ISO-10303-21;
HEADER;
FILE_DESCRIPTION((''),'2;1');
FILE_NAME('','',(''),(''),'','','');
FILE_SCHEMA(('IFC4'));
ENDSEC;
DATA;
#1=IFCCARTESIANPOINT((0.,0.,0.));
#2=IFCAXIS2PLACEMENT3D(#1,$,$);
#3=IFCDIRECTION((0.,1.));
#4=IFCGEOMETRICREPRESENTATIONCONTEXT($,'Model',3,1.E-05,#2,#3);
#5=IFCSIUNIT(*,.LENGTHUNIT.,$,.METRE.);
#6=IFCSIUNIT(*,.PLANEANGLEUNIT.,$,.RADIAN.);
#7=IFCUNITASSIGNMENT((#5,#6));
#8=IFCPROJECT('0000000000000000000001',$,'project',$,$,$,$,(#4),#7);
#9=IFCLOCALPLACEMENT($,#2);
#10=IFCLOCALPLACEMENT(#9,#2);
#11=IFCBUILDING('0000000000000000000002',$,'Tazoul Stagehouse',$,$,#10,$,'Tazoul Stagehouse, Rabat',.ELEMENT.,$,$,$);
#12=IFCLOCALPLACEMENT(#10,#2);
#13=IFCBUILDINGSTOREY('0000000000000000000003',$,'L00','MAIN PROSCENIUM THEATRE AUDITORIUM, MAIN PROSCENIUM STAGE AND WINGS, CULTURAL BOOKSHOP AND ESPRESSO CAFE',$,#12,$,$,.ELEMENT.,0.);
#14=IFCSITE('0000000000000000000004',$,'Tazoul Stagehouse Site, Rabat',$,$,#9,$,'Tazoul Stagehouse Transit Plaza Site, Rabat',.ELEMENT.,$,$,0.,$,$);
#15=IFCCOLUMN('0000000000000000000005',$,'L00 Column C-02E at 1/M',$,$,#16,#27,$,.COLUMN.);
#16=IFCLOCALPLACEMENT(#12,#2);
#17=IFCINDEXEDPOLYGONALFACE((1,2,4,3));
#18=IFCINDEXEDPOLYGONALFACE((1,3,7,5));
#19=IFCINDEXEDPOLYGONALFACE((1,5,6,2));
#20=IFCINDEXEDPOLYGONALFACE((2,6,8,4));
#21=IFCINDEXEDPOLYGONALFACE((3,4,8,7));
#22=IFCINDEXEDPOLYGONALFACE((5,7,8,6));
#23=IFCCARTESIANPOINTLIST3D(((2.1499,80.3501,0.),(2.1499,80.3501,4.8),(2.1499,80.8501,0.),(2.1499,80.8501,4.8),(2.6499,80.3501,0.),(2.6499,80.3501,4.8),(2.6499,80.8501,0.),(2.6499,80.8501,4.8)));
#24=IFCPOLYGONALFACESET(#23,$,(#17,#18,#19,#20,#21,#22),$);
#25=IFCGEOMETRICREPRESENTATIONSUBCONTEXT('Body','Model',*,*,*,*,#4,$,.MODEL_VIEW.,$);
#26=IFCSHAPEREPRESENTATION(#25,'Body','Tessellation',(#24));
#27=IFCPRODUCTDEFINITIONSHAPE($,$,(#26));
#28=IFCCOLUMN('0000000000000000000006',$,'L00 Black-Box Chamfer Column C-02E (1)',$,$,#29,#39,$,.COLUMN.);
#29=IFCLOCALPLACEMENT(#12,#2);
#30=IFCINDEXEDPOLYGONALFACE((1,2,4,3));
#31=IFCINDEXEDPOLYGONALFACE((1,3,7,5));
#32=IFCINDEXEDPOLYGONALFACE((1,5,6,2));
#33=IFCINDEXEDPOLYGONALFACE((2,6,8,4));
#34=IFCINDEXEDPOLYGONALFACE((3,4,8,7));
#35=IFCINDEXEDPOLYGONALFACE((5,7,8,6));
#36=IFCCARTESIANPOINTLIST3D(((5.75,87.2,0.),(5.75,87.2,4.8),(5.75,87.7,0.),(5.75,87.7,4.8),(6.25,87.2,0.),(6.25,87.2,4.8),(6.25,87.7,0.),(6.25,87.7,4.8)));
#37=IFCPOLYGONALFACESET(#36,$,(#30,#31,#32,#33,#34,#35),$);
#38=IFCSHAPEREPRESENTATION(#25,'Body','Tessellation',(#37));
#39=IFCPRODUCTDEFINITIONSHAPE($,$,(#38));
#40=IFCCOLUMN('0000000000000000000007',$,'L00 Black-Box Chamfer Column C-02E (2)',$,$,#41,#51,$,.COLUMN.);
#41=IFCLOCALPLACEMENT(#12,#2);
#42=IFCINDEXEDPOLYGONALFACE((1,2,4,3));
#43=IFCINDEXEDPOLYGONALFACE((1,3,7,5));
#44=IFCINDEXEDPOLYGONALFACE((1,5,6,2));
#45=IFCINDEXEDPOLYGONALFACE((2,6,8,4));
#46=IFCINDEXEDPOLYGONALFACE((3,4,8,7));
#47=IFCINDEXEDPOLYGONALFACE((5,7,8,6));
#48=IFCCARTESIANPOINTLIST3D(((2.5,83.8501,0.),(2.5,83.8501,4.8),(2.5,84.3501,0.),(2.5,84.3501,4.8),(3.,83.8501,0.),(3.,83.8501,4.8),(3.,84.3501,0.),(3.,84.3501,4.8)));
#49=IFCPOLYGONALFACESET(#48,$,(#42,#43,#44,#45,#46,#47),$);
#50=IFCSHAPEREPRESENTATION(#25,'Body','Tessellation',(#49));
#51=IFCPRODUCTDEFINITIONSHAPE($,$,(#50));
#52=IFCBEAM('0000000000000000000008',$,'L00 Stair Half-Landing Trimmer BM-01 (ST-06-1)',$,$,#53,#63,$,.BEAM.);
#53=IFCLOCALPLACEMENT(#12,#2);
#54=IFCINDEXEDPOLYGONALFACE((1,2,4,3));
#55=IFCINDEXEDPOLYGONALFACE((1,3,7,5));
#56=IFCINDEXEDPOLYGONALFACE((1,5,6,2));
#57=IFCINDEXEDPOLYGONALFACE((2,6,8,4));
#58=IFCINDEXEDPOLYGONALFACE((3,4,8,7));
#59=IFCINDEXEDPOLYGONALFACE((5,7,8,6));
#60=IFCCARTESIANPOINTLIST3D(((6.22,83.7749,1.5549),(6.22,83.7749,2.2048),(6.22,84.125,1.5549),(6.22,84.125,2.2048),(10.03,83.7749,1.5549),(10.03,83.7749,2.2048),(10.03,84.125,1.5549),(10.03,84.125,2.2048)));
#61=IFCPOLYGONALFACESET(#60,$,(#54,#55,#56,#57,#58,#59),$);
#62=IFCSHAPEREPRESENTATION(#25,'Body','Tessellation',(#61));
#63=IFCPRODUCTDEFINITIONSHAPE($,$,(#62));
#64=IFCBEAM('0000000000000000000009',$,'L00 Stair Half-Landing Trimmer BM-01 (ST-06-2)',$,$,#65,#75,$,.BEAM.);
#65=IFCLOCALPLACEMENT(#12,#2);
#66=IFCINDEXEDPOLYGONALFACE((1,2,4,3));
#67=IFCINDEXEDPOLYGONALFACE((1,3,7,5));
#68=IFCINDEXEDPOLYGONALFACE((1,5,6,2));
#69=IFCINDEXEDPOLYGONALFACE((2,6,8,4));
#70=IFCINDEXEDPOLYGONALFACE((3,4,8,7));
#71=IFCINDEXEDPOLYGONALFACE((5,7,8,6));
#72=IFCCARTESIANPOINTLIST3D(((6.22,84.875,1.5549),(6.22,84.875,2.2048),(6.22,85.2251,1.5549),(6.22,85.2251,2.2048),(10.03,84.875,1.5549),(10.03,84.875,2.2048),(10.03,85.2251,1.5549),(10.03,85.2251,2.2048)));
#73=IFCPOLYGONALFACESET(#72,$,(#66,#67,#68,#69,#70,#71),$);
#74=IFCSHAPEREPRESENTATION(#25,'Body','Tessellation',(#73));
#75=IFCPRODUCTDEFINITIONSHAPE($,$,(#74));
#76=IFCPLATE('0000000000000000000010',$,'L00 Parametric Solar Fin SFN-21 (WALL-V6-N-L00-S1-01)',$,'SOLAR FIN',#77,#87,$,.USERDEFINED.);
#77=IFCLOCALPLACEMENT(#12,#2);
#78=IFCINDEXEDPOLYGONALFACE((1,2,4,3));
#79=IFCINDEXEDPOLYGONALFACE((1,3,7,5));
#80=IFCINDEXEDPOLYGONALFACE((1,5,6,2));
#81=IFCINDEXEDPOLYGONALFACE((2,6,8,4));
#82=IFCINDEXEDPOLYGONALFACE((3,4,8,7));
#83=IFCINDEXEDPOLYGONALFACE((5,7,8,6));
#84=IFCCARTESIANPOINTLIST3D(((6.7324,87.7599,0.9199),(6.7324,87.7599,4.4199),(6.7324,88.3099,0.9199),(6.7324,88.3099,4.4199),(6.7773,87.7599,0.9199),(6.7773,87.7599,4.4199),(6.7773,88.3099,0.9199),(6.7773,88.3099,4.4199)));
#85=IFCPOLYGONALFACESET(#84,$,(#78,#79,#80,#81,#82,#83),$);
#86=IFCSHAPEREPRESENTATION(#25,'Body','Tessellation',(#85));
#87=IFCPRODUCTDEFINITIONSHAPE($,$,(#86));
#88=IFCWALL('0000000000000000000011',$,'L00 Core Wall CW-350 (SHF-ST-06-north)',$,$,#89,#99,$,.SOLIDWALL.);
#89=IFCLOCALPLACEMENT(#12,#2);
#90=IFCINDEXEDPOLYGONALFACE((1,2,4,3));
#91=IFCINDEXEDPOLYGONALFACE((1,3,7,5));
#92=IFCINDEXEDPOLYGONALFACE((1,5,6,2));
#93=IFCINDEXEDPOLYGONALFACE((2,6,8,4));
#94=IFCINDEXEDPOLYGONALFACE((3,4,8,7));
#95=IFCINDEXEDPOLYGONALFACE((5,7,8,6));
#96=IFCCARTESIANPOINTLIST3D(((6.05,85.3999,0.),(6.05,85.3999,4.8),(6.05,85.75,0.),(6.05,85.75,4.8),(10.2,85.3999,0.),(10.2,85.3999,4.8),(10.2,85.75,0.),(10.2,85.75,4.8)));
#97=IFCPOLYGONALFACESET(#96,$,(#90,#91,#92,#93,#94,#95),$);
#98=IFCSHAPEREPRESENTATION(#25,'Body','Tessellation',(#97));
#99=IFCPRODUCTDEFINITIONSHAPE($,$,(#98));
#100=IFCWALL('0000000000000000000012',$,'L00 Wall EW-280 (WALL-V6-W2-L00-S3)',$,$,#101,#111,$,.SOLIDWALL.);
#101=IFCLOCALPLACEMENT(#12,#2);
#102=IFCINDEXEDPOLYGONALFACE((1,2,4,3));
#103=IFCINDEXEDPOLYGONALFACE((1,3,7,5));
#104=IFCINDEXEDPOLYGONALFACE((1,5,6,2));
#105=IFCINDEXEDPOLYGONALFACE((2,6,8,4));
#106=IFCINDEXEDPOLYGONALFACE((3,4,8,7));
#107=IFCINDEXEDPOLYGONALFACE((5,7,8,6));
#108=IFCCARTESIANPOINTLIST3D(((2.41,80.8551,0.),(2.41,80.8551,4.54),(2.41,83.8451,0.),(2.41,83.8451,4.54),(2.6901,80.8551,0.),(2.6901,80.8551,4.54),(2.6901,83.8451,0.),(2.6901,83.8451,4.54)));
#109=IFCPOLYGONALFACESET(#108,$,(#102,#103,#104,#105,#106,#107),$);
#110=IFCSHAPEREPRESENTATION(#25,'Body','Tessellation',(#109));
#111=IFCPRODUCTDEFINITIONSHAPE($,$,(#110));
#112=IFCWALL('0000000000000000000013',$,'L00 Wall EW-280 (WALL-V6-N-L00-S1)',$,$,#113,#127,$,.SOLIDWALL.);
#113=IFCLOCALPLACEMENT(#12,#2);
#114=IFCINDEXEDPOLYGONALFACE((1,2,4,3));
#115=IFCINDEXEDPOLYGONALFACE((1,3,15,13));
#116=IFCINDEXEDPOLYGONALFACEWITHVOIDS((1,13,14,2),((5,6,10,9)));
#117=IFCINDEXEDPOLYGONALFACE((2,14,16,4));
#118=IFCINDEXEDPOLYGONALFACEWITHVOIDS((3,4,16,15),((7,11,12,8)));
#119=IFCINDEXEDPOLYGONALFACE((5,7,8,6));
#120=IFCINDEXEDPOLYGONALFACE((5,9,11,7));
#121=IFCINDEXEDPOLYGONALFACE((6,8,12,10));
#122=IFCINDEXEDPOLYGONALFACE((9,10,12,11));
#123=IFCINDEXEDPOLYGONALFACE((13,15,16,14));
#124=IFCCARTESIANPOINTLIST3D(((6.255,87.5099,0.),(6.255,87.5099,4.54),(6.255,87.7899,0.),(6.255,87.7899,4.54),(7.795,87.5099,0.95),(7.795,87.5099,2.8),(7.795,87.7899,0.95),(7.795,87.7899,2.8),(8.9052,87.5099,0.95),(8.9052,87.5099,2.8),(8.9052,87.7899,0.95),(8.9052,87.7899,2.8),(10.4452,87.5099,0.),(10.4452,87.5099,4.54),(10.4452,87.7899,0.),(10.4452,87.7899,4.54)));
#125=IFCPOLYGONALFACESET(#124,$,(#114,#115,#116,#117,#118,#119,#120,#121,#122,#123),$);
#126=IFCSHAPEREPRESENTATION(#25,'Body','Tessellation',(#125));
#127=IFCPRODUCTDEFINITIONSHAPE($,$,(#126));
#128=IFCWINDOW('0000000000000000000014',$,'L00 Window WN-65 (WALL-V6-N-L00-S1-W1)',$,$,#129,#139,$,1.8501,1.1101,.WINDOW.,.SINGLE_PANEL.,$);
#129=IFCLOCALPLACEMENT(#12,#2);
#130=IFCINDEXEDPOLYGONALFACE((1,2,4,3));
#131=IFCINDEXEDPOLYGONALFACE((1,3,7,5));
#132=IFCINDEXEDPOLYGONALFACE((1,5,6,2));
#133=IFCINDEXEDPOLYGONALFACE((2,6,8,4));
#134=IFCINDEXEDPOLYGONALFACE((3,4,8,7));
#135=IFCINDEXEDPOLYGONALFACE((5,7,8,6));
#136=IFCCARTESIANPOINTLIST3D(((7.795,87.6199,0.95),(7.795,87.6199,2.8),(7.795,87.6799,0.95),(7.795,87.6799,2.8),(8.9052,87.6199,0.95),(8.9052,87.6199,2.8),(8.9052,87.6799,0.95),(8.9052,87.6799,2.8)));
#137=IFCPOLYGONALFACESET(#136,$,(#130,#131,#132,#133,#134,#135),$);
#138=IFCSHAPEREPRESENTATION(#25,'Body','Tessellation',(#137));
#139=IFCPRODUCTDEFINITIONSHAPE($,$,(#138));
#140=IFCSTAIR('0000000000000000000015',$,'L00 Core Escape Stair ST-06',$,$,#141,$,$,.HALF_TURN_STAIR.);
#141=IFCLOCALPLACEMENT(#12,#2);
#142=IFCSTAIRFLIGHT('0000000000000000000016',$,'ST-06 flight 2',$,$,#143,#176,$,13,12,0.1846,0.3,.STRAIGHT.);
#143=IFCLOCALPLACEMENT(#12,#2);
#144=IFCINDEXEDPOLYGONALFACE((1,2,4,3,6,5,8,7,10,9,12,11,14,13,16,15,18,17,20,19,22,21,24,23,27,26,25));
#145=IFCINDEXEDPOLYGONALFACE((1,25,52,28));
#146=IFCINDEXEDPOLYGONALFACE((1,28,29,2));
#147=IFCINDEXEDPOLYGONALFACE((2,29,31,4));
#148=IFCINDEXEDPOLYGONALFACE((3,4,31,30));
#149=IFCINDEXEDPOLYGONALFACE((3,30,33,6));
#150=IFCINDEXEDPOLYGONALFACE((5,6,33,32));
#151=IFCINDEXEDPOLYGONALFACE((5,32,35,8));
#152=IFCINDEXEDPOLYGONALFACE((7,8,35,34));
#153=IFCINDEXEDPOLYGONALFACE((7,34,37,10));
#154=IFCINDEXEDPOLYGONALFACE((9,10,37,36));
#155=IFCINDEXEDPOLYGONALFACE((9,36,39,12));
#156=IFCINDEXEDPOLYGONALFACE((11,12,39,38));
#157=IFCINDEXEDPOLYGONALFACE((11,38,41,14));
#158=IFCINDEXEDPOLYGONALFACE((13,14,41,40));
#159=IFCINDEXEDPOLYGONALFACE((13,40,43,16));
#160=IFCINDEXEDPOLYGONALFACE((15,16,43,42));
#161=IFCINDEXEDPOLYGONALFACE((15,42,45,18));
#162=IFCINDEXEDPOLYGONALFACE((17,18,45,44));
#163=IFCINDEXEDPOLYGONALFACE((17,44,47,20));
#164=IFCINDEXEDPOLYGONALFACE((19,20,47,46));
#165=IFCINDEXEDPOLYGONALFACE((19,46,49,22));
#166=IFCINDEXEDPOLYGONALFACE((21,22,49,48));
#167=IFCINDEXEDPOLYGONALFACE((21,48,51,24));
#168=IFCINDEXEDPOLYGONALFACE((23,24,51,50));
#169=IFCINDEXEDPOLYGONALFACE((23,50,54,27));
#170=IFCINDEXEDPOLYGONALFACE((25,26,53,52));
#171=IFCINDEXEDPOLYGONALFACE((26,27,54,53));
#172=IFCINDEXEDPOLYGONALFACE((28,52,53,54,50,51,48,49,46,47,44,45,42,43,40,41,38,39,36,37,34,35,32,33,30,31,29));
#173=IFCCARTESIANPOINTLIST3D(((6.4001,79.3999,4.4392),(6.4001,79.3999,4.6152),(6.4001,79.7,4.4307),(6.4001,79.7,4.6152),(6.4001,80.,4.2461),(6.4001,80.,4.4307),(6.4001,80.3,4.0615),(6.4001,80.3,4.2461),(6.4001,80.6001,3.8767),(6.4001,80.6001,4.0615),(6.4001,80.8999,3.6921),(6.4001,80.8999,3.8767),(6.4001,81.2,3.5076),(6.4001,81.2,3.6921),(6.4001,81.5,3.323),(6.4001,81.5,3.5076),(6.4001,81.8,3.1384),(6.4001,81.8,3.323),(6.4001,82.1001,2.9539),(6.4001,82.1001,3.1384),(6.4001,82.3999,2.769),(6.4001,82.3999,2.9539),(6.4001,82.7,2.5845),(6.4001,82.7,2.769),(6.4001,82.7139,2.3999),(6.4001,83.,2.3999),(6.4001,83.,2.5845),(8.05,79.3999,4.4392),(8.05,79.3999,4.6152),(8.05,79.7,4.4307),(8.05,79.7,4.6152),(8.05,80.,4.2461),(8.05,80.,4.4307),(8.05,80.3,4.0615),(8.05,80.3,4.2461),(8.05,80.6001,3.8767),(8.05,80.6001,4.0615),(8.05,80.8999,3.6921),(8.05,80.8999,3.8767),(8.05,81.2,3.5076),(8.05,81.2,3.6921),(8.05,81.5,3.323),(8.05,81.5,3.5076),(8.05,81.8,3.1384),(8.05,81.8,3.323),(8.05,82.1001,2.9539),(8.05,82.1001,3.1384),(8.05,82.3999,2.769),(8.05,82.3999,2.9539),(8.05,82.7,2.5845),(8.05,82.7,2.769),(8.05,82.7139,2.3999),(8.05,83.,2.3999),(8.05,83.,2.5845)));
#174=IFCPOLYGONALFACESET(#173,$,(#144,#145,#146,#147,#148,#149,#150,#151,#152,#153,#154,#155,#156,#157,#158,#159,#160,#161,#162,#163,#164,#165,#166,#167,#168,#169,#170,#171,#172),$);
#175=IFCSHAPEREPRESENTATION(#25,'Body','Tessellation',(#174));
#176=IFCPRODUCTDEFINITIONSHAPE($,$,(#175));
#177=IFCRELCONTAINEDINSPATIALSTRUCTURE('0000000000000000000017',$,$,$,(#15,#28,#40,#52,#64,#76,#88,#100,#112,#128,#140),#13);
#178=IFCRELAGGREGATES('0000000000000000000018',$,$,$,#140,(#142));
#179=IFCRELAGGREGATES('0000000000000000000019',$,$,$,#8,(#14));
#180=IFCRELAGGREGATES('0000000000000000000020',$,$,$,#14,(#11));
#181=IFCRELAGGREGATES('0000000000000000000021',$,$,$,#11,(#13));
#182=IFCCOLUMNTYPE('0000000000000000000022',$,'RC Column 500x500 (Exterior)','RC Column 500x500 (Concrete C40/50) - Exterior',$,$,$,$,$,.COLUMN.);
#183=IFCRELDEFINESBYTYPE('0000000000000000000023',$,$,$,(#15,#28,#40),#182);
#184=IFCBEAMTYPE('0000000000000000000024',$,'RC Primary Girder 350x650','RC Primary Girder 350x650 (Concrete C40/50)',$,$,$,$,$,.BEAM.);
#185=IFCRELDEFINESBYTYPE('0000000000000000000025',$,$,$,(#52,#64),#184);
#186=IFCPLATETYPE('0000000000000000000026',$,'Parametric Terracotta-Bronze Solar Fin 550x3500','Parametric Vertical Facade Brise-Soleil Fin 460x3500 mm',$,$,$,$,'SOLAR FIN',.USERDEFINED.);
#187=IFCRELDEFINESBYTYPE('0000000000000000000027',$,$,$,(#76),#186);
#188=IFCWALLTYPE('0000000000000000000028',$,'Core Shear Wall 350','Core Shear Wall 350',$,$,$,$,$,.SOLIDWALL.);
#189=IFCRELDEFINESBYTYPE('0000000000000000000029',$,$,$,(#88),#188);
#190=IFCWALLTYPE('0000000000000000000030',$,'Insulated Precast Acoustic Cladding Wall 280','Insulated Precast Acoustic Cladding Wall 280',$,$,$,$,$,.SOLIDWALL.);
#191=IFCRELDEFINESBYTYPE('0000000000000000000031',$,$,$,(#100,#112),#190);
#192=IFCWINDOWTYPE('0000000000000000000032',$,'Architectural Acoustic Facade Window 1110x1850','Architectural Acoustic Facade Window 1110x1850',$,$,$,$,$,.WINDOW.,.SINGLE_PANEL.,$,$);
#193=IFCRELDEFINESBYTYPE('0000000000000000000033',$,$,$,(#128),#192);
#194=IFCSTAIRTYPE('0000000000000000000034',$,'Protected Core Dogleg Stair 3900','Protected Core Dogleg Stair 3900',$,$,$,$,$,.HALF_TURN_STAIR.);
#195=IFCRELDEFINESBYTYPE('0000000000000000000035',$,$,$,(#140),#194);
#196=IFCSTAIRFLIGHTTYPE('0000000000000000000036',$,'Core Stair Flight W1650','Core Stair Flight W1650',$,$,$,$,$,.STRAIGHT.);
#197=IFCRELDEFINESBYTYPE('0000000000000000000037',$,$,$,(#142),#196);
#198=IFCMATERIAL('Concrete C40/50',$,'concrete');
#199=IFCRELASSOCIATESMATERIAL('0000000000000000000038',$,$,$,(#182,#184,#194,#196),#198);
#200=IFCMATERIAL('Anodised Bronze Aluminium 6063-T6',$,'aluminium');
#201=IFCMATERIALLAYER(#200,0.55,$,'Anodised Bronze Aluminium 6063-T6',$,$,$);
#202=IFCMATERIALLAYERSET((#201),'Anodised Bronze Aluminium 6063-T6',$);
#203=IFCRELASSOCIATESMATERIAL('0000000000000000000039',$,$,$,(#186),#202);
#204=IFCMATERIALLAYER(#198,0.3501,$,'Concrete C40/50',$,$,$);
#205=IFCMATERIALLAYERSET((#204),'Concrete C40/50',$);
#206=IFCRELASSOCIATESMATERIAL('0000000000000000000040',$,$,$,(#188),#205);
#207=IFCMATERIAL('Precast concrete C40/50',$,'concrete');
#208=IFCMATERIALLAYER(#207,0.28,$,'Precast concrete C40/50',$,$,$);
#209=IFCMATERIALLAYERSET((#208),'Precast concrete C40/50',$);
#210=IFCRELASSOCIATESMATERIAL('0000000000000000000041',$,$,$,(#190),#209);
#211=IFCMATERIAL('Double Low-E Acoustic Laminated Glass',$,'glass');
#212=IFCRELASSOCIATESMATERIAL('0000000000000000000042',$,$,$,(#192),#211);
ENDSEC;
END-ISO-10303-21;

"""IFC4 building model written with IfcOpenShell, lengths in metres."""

from ifc_helpers import new_model, si_unit, direction, frame, frame_2d, origin, origin_2d, place, context, subcontext, project, spatial, polyline, rectangle, outline, extrude, material, layer, layer_set, material_profile, profile_set, type_object, element, fill, aggregate, save


model = new_model("IFC4")

# Units and contexts
model_context = context("Model", 3, precision=1e-05, world=origin(), true_north=direction((0.0, 1.0)))
body_context = subcontext(model_context, "Body", "Model", "MODEL_VIEW")
ifc_project = project(units=[si_unit("LENGTHUNIT", "METRE"), si_unit("PLANEANGLEUNIT", "RADIAN")], contexts=[model_context])

# Site, building, storey
site_placement = place(None, origin())
site = spatial("IfcSite", under=ifc_project, at=site_placement, Name="Tazoul Stagehouse Site, Rabat", LongName="Tazoul Stagehouse Transit Plaza Site, Rabat", CompositionType="ELEMENT", RefElevation=0.0)
building_placement = place(site_placement, origin())
building = spatial("IfcBuilding", under=site, at=building_placement, Name="Tazoul Stagehouse", LongName="Tazoul Stagehouse, Rabat", CompositionType="ELEMENT")
storey_placement = place(building_placement, origin())
storey = spatial("IfcBuildingStorey", under=building, at=storey_placement, Name="L00", Description="MAIN PROSCENIUM THEATRE AUDITORIUM, MAIN PROSCENIUM STAGE AND WINGS, CULTURAL BOOKSHOP AND ESPRESSO CAFE", CompositionType="ELEMENT", Elevation=0.0)

# Columns
ifc_material_1 = material(Name="Concrete C40/50", Category="concrete")
ifc_material_profile_1 = material_profile(ifc_material_1, rectangle(XDim=0.5, YDim=0.5, at=origin_2d()), Name="RC 500x500")
ifc_profile_set_1 = profile_set([ifc_material_profile_1], Name="Concrete C40/50")
column_type = type_object("IfcColumnType", Name="RC Column 500x500 (Exterior)", Description="RC Column 500x500 (Concrete C40/50) - Exterior", PredefinedType="COLUMN", material=ifc_profile_set_1)
for number, where, z_axis, x_axis, name in (
    (1, (2.3999, 80.6001, 0.0), (0.0, 0.0, 1.0), (1.0, 0.0, 0.0), "L00 Column C-02E at 1/M"),
    (2, (6.0, 87.45, 0.0), (0.0, 0.0, 1.0), (1.0, 0.0, 0.0), "L00 Black-Box Chamfer Column C-02E (1)"),
    (3, (2.75, 84.1001, 0.0), (0.0, 0.0, 1.0), (1.0, 0.0, 0.0), "L00 Black-Box Chamfer Column C-02E (2)"),
):
    element("IfcColumn", number, at=place(storey_placement, frame(where, z_axis=z_axis, x_axis=x_axis)), inside=storey, type_object=column_type, Name=name, PredefinedType="COLUMN", context=body_context, shape_type="SweptSolid", body=[
        extrude(rectangle(XDim=0.5, YDim=0.5, at=origin_2d()), origin(), (0.0, 0.0, 1.0), 4.8),
    ])

# Shared definitions
ifc_material_2 = material(Name="Anodised Bronze Aluminium 6063-T6", Category="aluminium")

# Beams
ifc_material_profile_2 = material_profile(ifc_material_1, rectangle(XDim=0.3501, YDim=0.6499, at=origin_2d()), Name="RC 350x650")
ifc_profile_set_2 = profile_set([ifc_material_profile_2], Name="Concrete C40/50")
beam_type = type_object("IfcBeamType", Name="RC Primary Girder 350x650", Description="RC Primary Girder 350x650 (Concrete C40/50)", PredefinedType="BEAM", material=ifc_profile_set_2)
for number, where, z_axis, x_axis, name in (
    (4, (6.22, 83.95, 1.8799), (1.0, 0.0, 0.0), (0.0, 1.0, 0.0), "L00 Stair Half-Landing Trimmer BM-01 (ST-06-1)"),
    (5, (6.22, 85.05, 1.8799), (1.0, 0.0, 0.0), (0.0, 1.0, 0.0), "L00 Stair Half-Landing Trimmer BM-01 (ST-06-2)"),
):
    element("IfcBeam", number, at=place(storey_placement, frame(where, z_axis=z_axis, x_axis=x_axis)), inside=storey, type_object=beam_type, Name=name, PredefinedType="BEAM", context=body_context, shape_type="SweptSolid", body=[
        extrude(rectangle(XDim=0.3501, YDim=0.6499, at=origin_2d()), origin(), (0.0, 0.0, 1.0), 3.8101),
    ])

# Plate
ifc_layer_1 = layer(ifc_material_2, 0.55, Name="Anodised Bronze Aluminium 6063-T6")
ifc_layer_set_1 = layer_set([ifc_layer_1], Name="Anodised Bronze Aluminium 6063-T6")
plate_type_1 = type_object("IfcPlateType", Name="Parametric Terracotta-Bronze Solar Fin 550x3500", Description="Parametric Vertical Facade Brise-Soleil Fin 460x3500 mm", ElementType="SOLAR FIN", PredefinedType="USERDEFINED", material=ifc_layer_set_1)
plate_1_placement = place(storey_placement, frame((6.7549, 88.0349, 0.9199), z_axis=(0.0, 0.0, 1.0), x_axis=(1.0, 0.0, 0.0)))
element("IfcPlate", 6, at=plate_1_placement, inside=storey, type_object=plate_type_1, Name="L00 Parametric Solar Fin SFN-21 (WALL-V6-N-L00-S1-01)", ObjectType="SOLAR FIN", PredefinedType="USERDEFINED", context=body_context, shape_type="SweptSolid", body=[
    extrude(rectangle(XDim=0.0449, YDim=0.55, at=origin_2d()), origin(), (0.0, 0.0, 1.0), 3.5),
])

# Wall
ifc_layer_2 = layer(ifc_material_1, 0.3501, Name="Concrete C40/50")
ifc_layer_set_2 = layer_set([ifc_layer_2], Name="Concrete C40/50")
wall_type_1 = type_object("IfcWallType", Name="Core Shear Wall 350", Description="Core Shear Wall 350", PredefinedType="SOLIDWALL", material=ifc_layer_set_2)
wall_1_placement = place(storey_placement, frame((6.05, 85.575, 0.0), z_axis=(0.0, 0.0, 1.0), x_axis=(1.0, 0.0, 0.0)))
element("IfcWall", 7, at=wall_1_placement, inside=storey, type_object=wall_type_1, Name="L00 Core Wall CW-350 (SHF-ST-06-north)", PredefinedType="SOLIDWALL", context=body_context, shape_type="SweptSolid", body=[
    extrude(rectangle(XDim=4.1499, YDim=0.3501, at=frame_2d((2.075, 0.0))), origin(), (0.0, 0.0, 1.0), 4.8),
])

# Wall
ifc_material_3 = material(Name="Precast concrete C40/50", Category="concrete")
ifc_layer_3 = layer(ifc_material_3, 0.28, Name="Precast concrete C40/50")
ifc_layer_set_3 = layer_set([ifc_layer_3], Name="Precast concrete C40/50")
wall_type_2 = type_object("IfcWallType", Name="Insulated Precast Acoustic Cladding Wall 280", Description="Insulated Precast Acoustic Cladding Wall 280", PredefinedType="SOLIDWALL", material=ifc_layer_set_3)
wall_2_placement = place(storey_placement, frame((2.55, 80.855, 0.0), z_axis=(0.0, 0.0, 1.0), x_axis=(0.0, 1.0, 0.0)))
element("IfcWall", 8, at=wall_2_placement, inside=storey, type_object=wall_type_2, Name="L00 Wall EW-280 (WALL-V6-W2-L00-S3)", PredefinedType="SOLIDWALL", context=body_context, shape_type="SweptSolid", body=[
    extrude(rectangle(XDim=2.99, YDim=0.28, at=frame_2d((1.4951, 0.0))), origin(), (0.0, 0.0, 1.0), 4.54),
])

# Wall, opening, window
wall_3_placement = place(storey_placement, frame((6.2549, 87.6499, 0.0), z_axis=(0.0, 0.0, 1.0), x_axis=(1.0, 0.0, 0.0)))
wall_3 = element("IfcWall", 9, at=wall_3_placement, inside=storey, type_object=wall_type_2, Name="L00 Wall EW-280 (WALL-V6-N-L00-S1)", PredefinedType="SOLIDWALL", context=body_context, shape_type="SweptSolid", body=[
    extrude(rectangle(XDim=4.1902, YDim=0.28, at=frame_2d((2.0952, 0.0))), origin(), (0.0, 0.0, 1.0), 4.54),
])
opening_placement = place(wall_3_placement, frame((1.54, 0.0, 0.95)))
opening = element("IfcOpeningElement", 10, at=opening_placement, cuts=wall_3, PredefinedType="OPENING", context=body_context, shape_type="SweptSolid", body=[
    extrude(rectangle(XDim=1.1101, YDim=1.8501, at=frame_2d((0.5552, 0.925))), frame((0.0, 0.1599, 0.0), z_axis=(0.0, -1.0, 0.0), x_axis=(1.0, 0.0, 0.0)), (0.0, 0.0, 1.0), 0.3201),
])
ifc_material_4 = material(Name="Double Low-E Acoustic Laminated Glass", Category="glass")
window_type = type_object("IfcWindowType", Name="Architectural Acoustic Facade Window 1110x1850", Description="Architectural Acoustic Facade Window 1110x1850", PartitioningType="SINGLE_PANEL", PredefinedType="WINDOW", material=ifc_material_4)
window_placement = place(opening_placement, origin())
window = element("IfcWindow", 11, at=window_placement, inside=storey, type_object=window_type, Name="L00 Window WN-65 (WALL-V6-N-L00-S1-W1)", OverallHeight=1.8501, OverallWidth=1.1101, PartitioningType="SINGLE_PANEL", PredefinedType="WINDOW", context=body_context, shape_type="SweptSolid", body=[
    extrude(rectangle(XDim=1.1101, YDim=1.8501, at=frame_2d((0.5552, 0.925))), frame((0.0, 0.03, 0.0), z_axis=(0.0, -1.0, 0.0), x_axis=(1.0, 0.0, 0.0)), (0.0, 0.0, 1.0), 0.0601),
])
fill(opening, window)

# Stair, stair flight
stair_type = type_object("IfcStairType", Name="Protected Core Dogleg Stair 3900", Description="Protected Core Dogleg Stair 3900", PredefinedType="HALF_TURN_STAIR", material=ifc_material_1)
stair_placement = place(storey_placement, origin())
stair = element("IfcStair", 12, at=stair_placement, inside=storey, type_object=stair_type, Name="L00 Core Escape Stair ST-06", PredefinedType="HALF_TURN_STAIR")
stair_flight_type = type_object("IfcStairFlightType", Name="Core Stair Flight W1650", Description="Core Stair Flight W1650", PredefinedType="STRAIGHT", material=ifc_material_1)
stair_flight_placement = place(storey_placement, frame((7.2251, 83.0, 2.3999), z_axis=(0.0, 0.0, 1.0), x_axis=(0.0, -1.0, 0.0)))
stair_flight = element("IfcStairFlight", 13, at=stair_flight_placement, type_object=stair_flight_type, Name="ST-06 flight 2", NumberOfRisers=13, NumberOfTreads=12, PredefinedType="STRAIGHT", RiserHeight=0.1846, TreadLength=0.3, context=body_context, shape_type="SweptSolid", body=[
    extrude(outline(polyline([(0.0, 0.0), (0.0, 0.1846), (0.3, 0.1846), (0.3, 0.3691), (0.6001, 0.3691), (0.6001, 0.554), (0.8999, 0.554), (0.8999, 0.7385), (1.2, 0.7385), (1.2, 0.9231), (1.5, 0.9231), (1.5, 1.1077), (1.8, 1.1077), (1.8, 1.2922), (2.1001, 1.2922), (2.1001, 1.4768), (2.3999, 1.4768), (2.3999, 1.6616), (2.7, 1.6616), (2.7, 1.8462), (3.0, 1.8462), (3.0, 2.0308), (3.3, 2.0308), (3.3, 2.2153), (3.6001, 2.2153), (3.6001, 2.3999), (3.6001, 2.0393), (0.2861, 0.0), (0.0, 0.0)])), frame((0.0, 0.825, 0.0), z_axis=(0.0, -1.0, 0.0), x_axis=(1.0, 0.0, 0.0)), (0.0, 0.0, 1.0), 1.6499),
])
aggregate(stair, [stair_flight])

save(model, "model.ifc")
